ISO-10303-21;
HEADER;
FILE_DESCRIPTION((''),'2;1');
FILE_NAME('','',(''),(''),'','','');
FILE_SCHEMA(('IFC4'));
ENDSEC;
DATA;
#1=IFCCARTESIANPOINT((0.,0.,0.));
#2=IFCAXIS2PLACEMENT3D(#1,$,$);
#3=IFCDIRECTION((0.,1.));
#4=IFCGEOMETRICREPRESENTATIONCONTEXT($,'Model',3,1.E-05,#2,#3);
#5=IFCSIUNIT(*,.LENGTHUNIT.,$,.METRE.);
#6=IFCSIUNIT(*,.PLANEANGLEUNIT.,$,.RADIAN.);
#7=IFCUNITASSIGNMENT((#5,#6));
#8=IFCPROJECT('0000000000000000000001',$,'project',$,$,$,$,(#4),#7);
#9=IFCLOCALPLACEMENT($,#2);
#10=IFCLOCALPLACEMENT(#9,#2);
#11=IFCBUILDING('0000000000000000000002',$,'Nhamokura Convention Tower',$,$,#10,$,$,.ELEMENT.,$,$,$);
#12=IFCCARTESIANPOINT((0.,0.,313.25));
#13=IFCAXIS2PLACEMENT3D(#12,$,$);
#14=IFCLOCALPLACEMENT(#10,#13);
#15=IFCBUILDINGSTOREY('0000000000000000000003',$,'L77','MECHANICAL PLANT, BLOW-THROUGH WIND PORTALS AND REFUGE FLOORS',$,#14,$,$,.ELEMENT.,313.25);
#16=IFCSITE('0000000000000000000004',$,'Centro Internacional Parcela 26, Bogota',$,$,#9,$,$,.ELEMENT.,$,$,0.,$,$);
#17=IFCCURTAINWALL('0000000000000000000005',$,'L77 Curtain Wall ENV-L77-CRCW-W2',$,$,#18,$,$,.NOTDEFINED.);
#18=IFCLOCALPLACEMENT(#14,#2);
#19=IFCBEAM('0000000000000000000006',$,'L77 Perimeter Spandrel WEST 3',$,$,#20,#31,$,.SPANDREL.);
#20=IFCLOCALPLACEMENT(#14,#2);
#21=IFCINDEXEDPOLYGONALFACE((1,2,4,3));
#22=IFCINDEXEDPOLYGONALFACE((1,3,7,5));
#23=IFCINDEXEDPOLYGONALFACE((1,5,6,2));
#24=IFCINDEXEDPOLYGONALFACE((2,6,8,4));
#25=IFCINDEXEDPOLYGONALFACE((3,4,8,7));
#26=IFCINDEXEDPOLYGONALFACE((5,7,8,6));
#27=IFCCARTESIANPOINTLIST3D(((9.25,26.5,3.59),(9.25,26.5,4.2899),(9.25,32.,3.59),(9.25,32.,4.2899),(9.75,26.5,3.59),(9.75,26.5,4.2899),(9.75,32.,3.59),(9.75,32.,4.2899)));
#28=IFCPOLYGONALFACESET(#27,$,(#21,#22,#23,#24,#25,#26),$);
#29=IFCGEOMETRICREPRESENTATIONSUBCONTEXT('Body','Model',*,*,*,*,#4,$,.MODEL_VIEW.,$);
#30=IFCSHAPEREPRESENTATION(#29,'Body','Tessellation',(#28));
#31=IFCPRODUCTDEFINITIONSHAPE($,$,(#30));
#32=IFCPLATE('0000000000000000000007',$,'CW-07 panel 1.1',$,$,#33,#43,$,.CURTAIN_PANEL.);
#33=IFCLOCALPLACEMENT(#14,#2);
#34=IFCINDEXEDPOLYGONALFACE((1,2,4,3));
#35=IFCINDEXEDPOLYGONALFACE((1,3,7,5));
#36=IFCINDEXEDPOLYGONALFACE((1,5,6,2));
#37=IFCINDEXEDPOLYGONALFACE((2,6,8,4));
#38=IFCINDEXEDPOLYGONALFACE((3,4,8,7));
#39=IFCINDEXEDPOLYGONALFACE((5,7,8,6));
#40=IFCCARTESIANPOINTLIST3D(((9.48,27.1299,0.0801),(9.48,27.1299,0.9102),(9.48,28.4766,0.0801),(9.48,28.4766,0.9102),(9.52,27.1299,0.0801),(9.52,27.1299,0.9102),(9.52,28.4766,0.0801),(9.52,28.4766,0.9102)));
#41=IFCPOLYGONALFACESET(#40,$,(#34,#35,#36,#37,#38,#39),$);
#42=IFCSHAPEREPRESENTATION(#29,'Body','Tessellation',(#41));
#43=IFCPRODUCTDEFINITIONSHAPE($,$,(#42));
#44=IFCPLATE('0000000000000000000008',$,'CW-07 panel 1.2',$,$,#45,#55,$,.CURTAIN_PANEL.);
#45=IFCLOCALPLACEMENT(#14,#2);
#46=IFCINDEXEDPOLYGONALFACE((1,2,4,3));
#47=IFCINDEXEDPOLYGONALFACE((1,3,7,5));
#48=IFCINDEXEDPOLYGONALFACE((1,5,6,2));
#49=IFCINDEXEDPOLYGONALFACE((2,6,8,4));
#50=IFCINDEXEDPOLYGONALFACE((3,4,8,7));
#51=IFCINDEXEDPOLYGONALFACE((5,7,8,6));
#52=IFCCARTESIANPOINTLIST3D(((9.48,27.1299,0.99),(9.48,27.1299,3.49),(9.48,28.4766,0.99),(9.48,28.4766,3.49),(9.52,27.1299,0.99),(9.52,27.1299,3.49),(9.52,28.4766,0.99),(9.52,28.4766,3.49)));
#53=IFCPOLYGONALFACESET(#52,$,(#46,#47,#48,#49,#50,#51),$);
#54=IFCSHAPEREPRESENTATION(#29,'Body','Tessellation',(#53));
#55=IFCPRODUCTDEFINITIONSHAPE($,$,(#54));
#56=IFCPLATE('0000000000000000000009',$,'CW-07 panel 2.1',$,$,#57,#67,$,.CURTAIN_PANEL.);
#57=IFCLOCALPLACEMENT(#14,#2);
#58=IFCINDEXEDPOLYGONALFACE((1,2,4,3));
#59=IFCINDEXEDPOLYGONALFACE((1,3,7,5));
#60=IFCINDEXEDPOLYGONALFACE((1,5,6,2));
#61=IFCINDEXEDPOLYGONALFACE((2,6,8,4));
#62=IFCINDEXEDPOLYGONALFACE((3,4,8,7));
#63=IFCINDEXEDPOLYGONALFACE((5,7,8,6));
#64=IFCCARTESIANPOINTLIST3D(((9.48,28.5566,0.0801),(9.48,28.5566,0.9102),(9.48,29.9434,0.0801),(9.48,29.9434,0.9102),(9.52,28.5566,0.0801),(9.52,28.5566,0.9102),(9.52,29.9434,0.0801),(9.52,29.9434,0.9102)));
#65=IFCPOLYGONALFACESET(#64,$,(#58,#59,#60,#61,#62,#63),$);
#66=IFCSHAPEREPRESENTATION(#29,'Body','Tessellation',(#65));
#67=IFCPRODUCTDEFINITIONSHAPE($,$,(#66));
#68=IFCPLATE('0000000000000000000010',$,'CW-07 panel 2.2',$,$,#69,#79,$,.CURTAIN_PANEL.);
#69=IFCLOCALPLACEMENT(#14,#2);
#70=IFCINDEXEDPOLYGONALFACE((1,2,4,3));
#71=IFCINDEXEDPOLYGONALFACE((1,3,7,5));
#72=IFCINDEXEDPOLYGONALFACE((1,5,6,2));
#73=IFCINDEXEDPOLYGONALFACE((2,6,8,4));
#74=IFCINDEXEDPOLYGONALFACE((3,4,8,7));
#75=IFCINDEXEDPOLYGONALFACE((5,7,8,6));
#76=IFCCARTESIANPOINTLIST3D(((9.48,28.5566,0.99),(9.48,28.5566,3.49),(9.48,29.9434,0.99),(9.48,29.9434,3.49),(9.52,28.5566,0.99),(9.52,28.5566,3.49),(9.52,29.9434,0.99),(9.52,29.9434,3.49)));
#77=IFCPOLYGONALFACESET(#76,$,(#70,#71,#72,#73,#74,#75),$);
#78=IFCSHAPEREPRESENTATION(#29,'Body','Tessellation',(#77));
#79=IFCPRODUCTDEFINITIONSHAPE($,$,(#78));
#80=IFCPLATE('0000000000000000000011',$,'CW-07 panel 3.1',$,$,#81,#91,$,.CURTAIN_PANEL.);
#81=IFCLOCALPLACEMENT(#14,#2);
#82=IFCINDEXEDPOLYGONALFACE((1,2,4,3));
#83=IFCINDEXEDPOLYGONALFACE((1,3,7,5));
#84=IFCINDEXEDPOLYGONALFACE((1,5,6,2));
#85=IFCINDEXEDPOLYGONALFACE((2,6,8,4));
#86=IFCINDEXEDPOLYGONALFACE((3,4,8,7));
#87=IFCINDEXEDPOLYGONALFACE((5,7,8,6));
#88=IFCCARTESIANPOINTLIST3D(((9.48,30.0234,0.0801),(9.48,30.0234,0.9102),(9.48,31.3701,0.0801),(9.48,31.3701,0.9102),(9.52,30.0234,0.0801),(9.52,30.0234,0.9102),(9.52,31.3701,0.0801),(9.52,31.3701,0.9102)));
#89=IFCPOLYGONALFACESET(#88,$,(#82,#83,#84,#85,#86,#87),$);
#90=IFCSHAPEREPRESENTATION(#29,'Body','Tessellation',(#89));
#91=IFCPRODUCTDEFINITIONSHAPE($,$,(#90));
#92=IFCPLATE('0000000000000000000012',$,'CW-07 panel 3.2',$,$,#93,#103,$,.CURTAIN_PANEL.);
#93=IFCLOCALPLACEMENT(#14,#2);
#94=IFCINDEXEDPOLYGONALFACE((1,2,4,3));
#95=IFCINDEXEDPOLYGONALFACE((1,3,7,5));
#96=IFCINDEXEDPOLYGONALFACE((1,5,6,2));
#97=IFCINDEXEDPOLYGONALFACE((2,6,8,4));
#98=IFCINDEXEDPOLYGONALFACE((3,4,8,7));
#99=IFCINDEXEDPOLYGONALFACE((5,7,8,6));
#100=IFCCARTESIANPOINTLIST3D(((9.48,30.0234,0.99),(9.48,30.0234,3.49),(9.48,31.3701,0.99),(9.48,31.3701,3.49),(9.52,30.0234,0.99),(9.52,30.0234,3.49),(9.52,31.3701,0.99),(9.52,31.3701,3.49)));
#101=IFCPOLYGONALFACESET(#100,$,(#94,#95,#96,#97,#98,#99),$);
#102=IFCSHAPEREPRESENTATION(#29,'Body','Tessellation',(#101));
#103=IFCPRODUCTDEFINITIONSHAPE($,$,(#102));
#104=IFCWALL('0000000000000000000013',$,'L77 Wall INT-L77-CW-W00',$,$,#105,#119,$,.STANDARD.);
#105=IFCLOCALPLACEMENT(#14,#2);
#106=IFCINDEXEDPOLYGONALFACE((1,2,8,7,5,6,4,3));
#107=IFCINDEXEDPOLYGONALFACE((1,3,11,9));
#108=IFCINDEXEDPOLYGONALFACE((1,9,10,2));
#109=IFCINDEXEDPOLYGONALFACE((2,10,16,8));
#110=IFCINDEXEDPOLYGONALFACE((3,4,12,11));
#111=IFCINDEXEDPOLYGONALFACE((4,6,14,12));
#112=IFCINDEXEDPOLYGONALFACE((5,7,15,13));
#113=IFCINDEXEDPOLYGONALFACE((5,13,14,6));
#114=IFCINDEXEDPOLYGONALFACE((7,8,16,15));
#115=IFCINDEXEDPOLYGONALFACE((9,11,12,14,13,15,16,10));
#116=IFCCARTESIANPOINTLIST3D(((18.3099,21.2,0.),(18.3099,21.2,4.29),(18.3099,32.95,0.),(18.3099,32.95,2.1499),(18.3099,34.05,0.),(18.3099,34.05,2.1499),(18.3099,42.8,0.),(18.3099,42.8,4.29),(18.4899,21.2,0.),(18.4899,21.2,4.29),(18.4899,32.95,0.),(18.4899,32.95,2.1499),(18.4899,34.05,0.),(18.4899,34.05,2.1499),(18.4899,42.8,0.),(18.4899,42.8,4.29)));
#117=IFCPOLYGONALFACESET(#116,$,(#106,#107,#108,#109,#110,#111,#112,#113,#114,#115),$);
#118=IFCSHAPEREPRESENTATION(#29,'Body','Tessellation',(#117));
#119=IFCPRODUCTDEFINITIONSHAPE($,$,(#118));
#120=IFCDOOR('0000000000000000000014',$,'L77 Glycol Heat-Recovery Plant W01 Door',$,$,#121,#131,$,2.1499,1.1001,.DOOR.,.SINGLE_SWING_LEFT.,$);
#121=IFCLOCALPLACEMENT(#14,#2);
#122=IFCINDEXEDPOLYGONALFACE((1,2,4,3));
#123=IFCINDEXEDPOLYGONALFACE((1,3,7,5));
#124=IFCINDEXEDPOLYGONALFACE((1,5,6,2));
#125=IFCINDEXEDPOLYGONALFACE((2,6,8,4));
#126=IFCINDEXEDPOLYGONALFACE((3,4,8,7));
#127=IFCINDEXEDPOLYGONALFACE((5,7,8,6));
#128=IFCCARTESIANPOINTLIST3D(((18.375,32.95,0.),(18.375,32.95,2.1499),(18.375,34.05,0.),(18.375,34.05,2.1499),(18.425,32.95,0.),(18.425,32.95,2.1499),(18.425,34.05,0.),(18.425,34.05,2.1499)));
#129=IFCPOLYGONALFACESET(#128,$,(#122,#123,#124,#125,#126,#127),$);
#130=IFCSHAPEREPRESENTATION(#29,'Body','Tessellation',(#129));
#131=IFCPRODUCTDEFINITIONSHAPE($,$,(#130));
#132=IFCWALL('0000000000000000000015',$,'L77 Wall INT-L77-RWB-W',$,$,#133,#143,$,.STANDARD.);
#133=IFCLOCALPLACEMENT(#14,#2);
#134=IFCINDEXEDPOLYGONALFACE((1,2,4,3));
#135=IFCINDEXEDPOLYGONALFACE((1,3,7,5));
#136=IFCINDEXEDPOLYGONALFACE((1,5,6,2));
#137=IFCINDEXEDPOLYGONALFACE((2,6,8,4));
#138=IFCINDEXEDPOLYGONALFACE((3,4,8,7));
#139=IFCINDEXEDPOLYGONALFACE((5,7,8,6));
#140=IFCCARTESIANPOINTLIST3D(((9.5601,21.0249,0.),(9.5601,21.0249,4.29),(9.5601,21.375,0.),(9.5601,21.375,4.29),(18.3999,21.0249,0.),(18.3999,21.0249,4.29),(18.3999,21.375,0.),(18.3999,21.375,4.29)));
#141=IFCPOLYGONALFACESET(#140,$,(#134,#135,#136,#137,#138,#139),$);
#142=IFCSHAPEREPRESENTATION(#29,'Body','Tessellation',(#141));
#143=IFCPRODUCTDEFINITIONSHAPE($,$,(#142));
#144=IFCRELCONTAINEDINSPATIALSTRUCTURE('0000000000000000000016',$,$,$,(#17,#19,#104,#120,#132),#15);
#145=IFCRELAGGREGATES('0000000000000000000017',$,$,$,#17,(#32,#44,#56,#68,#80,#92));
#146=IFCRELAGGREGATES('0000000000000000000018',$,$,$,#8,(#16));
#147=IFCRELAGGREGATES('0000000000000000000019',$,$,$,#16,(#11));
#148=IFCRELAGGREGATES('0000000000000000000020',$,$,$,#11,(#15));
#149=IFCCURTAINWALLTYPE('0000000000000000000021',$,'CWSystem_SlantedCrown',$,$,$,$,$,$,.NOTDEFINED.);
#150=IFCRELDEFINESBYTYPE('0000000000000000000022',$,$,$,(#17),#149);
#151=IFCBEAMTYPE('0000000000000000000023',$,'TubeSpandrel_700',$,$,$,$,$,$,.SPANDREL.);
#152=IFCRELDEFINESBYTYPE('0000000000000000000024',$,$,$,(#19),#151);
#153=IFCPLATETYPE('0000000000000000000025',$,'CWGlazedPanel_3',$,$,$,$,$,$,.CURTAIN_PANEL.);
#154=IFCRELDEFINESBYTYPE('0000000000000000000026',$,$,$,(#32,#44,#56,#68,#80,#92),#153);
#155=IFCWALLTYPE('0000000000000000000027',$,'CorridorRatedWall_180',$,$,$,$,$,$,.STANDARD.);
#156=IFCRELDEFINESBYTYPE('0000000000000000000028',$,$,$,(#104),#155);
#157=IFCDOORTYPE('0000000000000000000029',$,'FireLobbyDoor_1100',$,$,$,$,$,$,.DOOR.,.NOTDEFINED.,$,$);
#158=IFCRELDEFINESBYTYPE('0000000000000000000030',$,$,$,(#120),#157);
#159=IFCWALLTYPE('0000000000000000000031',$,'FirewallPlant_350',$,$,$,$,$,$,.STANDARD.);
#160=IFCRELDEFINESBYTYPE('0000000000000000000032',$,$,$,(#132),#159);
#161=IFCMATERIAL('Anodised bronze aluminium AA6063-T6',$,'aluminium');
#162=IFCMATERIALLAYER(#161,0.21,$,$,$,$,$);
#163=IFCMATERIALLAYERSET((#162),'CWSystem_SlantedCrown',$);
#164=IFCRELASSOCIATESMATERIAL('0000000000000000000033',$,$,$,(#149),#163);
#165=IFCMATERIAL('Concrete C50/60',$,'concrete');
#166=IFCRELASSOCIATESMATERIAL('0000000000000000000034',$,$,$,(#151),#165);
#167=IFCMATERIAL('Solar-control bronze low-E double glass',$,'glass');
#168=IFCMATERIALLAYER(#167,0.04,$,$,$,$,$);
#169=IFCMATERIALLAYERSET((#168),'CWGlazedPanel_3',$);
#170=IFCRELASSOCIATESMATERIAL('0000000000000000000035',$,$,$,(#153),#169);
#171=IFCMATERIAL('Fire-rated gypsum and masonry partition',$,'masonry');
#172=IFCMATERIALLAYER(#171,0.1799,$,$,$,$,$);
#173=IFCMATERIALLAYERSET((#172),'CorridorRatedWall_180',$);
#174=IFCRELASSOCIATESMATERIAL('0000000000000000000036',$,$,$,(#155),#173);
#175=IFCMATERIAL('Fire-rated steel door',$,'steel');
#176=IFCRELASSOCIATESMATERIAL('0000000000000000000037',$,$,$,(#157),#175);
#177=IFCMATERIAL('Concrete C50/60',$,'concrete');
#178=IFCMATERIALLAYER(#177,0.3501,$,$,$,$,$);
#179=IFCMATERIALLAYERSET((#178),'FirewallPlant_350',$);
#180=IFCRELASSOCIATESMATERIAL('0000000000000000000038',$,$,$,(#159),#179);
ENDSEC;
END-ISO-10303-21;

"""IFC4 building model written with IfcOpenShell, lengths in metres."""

from ifc_helpers import new_model, si_unit, direction, frame, frame_2d, origin, origin_2d, place, context, subcontext, project, spatial, rectangle, extrude, material, layer, layer_set, material_profile, profile_set, type_object, element, fill, aggregate, save


model = new_model("IFC4")

# Units and contexts
model_context = context("Model", 3, precision=1e-05, world=origin(), true_north=direction((0.0, 1.0)))
body_context = subcontext(model_context, "Body", "Model", "MODEL_VIEW")
ifc_project = project(units=[si_unit("LENGTHUNIT", "METRE"), si_unit("PLANEANGLEUNIT", "RADIAN")], contexts=[model_context])

# Site, building, storey
site_placement = place(None, origin())
site = spatial("IfcSite", under=ifc_project, at=site_placement, Name="Centro Internacional Parcela 26, Bogota", CompositionType="ELEMENT", RefElevation=0.0)
building_placement = place(site_placement, origin())
building = spatial("IfcBuilding", under=site, at=building_placement, Name="Nhamokura Convention Tower", CompositionType="ELEMENT")
storey_placement = place(building_placement, frame((0.0, 0.0, 313.25)))
storey = spatial("IfcBuildingStorey", under=building, at=storey_placement, Name="L77", Description="MECHANICAL PLANT, BLOW-THROUGH WIND PORTALS AND REFUGE FLOORS", CompositionType="ELEMENT", Elevation=313.25)

# Curtain wall
ifc_material_1 = material(Name="Anodised bronze aluminium AA6063-T6", Category="aluminium")
ifc_layer_1 = layer(ifc_material_1, 0.21)
ifc_layer_set_1 = layer_set([ifc_layer_1], Name="CWSystem_SlantedCrown")
curtain_wall_type = type_object("IfcCurtainWallType", Name="CWSystem_SlantedCrown", PredefinedType="NOTDEFINED", material=ifc_layer_set_1)
curtain_wall_placement = place(storey_placement, origin())
curtain_wall = element("IfcCurtainWall", 1, at=curtain_wall_placement, inside=storey, type_object=curtain_wall_type, Name="L77 Curtain Wall ENV-L77-CRCW-W2", PredefinedType="NOTDEFINED")

# Beam
ifc_material_2 = material(Name="Concrete C50/60", Category="concrete")
ifc_material_profile_1 = material_profile(ifc_material_2, rectangle(XDim=0.5, YDim=0.7, at=origin_2d()))
ifc_profile_set_1 = profile_set([ifc_material_profile_1], Name="Concrete C50/60")
beam_type = type_object("IfcBeamType", Name="TubeSpandrel_700", PredefinedType="SPANDREL", material=ifc_profile_set_1)
beam_placement = place(storey_placement, frame((9.5, 26.5, 3.9399), z_axis=(0.0, 1.0, 0.0), x_axis=(-1.0, 0.0, 0.0)))
element("IfcBeam", 2, at=beam_placement, inside=storey, type_object=beam_type, Name="L77 Perimeter Spandrel WEST 3", PredefinedType="SPANDREL", context=body_context, shape_type="SweptSolid", body=[
    extrude(rectangle(XDim=0.5, YDim=0.7, at=origin_2d()), origin(), (0.0, 0.0, 1.0), 5.5),
])

# Plates
ifc_material_3 = material(Name="Solar-control bronze low-E double glass", Category="glass")
ifc_layer_2 = layer(ifc_material_3, 0.04)
ifc_layer_set_2 = layer_set([ifc_layer_2], Name="CWGlazedPanel_3")
plate_type = type_object("IfcPlateType", Name="CWGlazedPanel_3", PredefinedType="CURTAIN_PANEL", material=ifc_layer_set_2)
plate_1_placement = place(storey_placement, frame((9.5, 27.8032, 0.0801), z_axis=(0.0, 0.0, 1.0), x_axis=(0.0, 1.0, 0.0)))
plate_1 = element("IfcPlate", 3, at=plate_1_placement, type_object=plate_type, Name="CW-07 panel 1.1", PredefinedType="CURTAIN_PANEL", context=body_context, shape_type="SweptSolid", body=[
    extrude(rectangle(XDim=1.3467, YDim=0.04, at=origin_2d()), origin(), (0.0, 0.0, 1.0), 0.8301),
])
plate_2_placement = place(storey_placement, frame((9.5, 27.8032, 0.99), z_axis=(0.0, 0.0, 1.0), x_axis=(0.0, 1.0, 0.0)))
plate_2 = element("IfcPlate", 4, at=plate_2_placement, type_object=plate_type, Name="CW-07 panel 1.2", PredefinedType="CURTAIN_PANEL", context=body_context, shape_type="SweptSolid", body=[
    extrude(rectangle(XDim=1.3467, YDim=0.04, at=origin_2d()), origin(), (0.0, 0.0, 1.0), 2.5),
])
plate_3_placement = place(storey_placement, frame((9.5, 29.25, 0.0801), z_axis=(0.0, 0.0, 1.0), x_axis=(0.0, 1.0, 0.0)))
plate_3 = element("IfcPlate", 5, at=plate_3_placement, type_object=plate_type, Name="CW-07 panel 2.1", PredefinedType="CURTAIN_PANEL", context=body_context, shape_type="SweptSolid", body=[
    extrude(rectangle(XDim=1.3867, YDim=0.04, at=origin_2d()), origin(), (0.0, 0.0, 1.0), 0.8301),
])
plate_4_placement = place(storey_placement, frame((9.5, 29.25, 0.99), z_axis=(0.0, 0.0, 1.0), x_axis=(0.0, 1.0, 0.0)))
plate_4 = element("IfcPlate", 6, at=plate_4_placement, type_object=plate_type, Name="CW-07 panel 2.2", PredefinedType="CURTAIN_PANEL", context=body_context, shape_type="SweptSolid", body=[
    extrude(rectangle(XDim=1.3867, YDim=0.04, at=origin_2d()), origin(), (0.0, 0.0, 1.0), 2.5),
])
plate_5_placement = place(storey_placement, frame((9.5, 30.6968, 0.0801), z_axis=(0.0, 0.0, 1.0), x_axis=(0.0, 1.0, 0.0)))
plate_5 = element("IfcPlate", 7, at=plate_5_placement, type_object=plate_type, Name="CW-07 panel 3.1", PredefinedType="CURTAIN_PANEL", context=body_context, shape_type="SweptSolid", body=[
    extrude(rectangle(XDim=1.3467, YDim=0.04, at=origin_2d()), origin(), (0.0, 0.0, 1.0), 0.8301),
])
plate_6_placement = place(storey_placement, frame((9.5, 30.6968, 0.99), z_axis=(0.0, 0.0, 1.0), x_axis=(0.0, 1.0, 0.0)))
plate_6 = element("IfcPlate", 8, at=plate_6_placement, type_object=plate_type, Name="CW-07 panel 3.2", PredefinedType="CURTAIN_PANEL", context=body_context, shape_type="SweptSolid", body=[
    extrude(rectangle(XDim=1.3467, YDim=0.04, at=origin_2d()), origin(), (0.0, 0.0, 1.0), 2.5),
])
aggregate(curtain_wall, [plate_1, plate_2, plate_3, plate_4, plate_5, plate_6])

# Wall, opening, door
ifc_material_4 = material(Name="Fire-rated gypsum and masonry partition", Category="masonry")
ifc_layer_3 = layer(ifc_material_4, 0.1799)
ifc_layer_set_3 = layer_set([ifc_layer_3], Name="CorridorRatedWall_180")
wall_type_1 = type_object("IfcWallType", Name="CorridorRatedWall_180", PredefinedType="STANDARD", material=ifc_layer_set_3)
wall_1_placement = place(storey_placement, frame((18.3999, 21.2, 0.0), z_axis=(0.0, 0.0, 1.0), x_axis=(0.0, 1.0, 0.0)))
wall_1 = element("IfcWall", 9, at=wall_1_placement, inside=storey, type_object=wall_type_1, Name="L77 Wall INT-L77-CW-W00", PredefinedType="STANDARD", context=body_context, shape_type="SweptSolid", body=[
    extrude(rectangle(XDim=21.6001, YDim=0.1799, at=frame_2d((10.8, 0.0))), origin(), (0.0, 0.0, 1.0), 4.29),
])
opening_placement = place(wall_1_placement, frame((11.75, 0.0, 0.0)))
opening = element("IfcOpeningElement", 10, at=opening_placement, cuts=wall_1, PredefinedType="OPENING", context=body_context, shape_type="SweptSolid", body=[
    extrude(rectangle(XDim=1.1001, YDim=2.1499, at=frame_2d((0.55, 1.075))), frame((0.0, 0.0999, 0.0), z_axis=(0.0, -1.0, 0.0), x_axis=(1.0, 0.0, 0.0)), (0.0, 0.0, 1.0), 0.2),
])
ifc_material_5 = material(Name="Fire-rated steel door", Category="steel")
door_type = type_object("IfcDoorType", Name="FireLobbyDoor_1100", OperationType="NOTDEFINED", PredefinedType="DOOR", material=ifc_material_5)
door_placement = place(opening_placement, origin())
door = element("IfcDoor", 11, at=door_placement, inside=storey, type_object=door_type, Name="L77 Glycol Heat-Recovery Plant W01 Door", OperationType="SINGLE_SWING_LEFT", OverallHeight=2.1499, OverallWidth=1.1001, PredefinedType="DOOR", context=body_context, shape_type="SweptSolid", body=[
    extrude(rectangle(XDim=1.1001, YDim=2.1499, at=frame_2d((0.55, 1.075))), frame((0.0, 0.0249, 0.0), z_axis=(0.0, -1.0, 0.0), x_axis=(1.0, 0.0, 0.0)), (0.0, 0.0, 1.0), 0.05),
])
fill(opening, door)

# Wall
ifc_material_6 = material(Name="Concrete C50/60", Category="concrete")
ifc_layer_4 = layer(ifc_material_6, 0.3501)
ifc_layer_set_4 = layer_set([ifc_layer_4], Name="FirewallPlant_350")
wall_type_2 = type_object("IfcWallType", Name="FirewallPlant_350", PredefinedType="STANDARD", material=ifc_layer_set_4)
wall_2_placement = place(storey_placement, frame((9.5601, 21.2, 0.0), z_axis=(0.0, 0.0, 1.0), x_axis=(1.0, 0.0, 0.0)))
element("IfcWall", 12, at=wall_2_placement, inside=storey, type_object=wall_type_2, Name="L77 Wall INT-L77-RWB-W", PredefinedType="STANDARD", context=body_context, shape_type="SweptSolid", body=[
    extrude(rectangle(XDim=8.8398, YDim=0.3501, at=frame_2d((4.4199, 0.0))), origin(), (0.0, 0.0, 1.0), 4.29),
])

save(model, "model.ifc")
